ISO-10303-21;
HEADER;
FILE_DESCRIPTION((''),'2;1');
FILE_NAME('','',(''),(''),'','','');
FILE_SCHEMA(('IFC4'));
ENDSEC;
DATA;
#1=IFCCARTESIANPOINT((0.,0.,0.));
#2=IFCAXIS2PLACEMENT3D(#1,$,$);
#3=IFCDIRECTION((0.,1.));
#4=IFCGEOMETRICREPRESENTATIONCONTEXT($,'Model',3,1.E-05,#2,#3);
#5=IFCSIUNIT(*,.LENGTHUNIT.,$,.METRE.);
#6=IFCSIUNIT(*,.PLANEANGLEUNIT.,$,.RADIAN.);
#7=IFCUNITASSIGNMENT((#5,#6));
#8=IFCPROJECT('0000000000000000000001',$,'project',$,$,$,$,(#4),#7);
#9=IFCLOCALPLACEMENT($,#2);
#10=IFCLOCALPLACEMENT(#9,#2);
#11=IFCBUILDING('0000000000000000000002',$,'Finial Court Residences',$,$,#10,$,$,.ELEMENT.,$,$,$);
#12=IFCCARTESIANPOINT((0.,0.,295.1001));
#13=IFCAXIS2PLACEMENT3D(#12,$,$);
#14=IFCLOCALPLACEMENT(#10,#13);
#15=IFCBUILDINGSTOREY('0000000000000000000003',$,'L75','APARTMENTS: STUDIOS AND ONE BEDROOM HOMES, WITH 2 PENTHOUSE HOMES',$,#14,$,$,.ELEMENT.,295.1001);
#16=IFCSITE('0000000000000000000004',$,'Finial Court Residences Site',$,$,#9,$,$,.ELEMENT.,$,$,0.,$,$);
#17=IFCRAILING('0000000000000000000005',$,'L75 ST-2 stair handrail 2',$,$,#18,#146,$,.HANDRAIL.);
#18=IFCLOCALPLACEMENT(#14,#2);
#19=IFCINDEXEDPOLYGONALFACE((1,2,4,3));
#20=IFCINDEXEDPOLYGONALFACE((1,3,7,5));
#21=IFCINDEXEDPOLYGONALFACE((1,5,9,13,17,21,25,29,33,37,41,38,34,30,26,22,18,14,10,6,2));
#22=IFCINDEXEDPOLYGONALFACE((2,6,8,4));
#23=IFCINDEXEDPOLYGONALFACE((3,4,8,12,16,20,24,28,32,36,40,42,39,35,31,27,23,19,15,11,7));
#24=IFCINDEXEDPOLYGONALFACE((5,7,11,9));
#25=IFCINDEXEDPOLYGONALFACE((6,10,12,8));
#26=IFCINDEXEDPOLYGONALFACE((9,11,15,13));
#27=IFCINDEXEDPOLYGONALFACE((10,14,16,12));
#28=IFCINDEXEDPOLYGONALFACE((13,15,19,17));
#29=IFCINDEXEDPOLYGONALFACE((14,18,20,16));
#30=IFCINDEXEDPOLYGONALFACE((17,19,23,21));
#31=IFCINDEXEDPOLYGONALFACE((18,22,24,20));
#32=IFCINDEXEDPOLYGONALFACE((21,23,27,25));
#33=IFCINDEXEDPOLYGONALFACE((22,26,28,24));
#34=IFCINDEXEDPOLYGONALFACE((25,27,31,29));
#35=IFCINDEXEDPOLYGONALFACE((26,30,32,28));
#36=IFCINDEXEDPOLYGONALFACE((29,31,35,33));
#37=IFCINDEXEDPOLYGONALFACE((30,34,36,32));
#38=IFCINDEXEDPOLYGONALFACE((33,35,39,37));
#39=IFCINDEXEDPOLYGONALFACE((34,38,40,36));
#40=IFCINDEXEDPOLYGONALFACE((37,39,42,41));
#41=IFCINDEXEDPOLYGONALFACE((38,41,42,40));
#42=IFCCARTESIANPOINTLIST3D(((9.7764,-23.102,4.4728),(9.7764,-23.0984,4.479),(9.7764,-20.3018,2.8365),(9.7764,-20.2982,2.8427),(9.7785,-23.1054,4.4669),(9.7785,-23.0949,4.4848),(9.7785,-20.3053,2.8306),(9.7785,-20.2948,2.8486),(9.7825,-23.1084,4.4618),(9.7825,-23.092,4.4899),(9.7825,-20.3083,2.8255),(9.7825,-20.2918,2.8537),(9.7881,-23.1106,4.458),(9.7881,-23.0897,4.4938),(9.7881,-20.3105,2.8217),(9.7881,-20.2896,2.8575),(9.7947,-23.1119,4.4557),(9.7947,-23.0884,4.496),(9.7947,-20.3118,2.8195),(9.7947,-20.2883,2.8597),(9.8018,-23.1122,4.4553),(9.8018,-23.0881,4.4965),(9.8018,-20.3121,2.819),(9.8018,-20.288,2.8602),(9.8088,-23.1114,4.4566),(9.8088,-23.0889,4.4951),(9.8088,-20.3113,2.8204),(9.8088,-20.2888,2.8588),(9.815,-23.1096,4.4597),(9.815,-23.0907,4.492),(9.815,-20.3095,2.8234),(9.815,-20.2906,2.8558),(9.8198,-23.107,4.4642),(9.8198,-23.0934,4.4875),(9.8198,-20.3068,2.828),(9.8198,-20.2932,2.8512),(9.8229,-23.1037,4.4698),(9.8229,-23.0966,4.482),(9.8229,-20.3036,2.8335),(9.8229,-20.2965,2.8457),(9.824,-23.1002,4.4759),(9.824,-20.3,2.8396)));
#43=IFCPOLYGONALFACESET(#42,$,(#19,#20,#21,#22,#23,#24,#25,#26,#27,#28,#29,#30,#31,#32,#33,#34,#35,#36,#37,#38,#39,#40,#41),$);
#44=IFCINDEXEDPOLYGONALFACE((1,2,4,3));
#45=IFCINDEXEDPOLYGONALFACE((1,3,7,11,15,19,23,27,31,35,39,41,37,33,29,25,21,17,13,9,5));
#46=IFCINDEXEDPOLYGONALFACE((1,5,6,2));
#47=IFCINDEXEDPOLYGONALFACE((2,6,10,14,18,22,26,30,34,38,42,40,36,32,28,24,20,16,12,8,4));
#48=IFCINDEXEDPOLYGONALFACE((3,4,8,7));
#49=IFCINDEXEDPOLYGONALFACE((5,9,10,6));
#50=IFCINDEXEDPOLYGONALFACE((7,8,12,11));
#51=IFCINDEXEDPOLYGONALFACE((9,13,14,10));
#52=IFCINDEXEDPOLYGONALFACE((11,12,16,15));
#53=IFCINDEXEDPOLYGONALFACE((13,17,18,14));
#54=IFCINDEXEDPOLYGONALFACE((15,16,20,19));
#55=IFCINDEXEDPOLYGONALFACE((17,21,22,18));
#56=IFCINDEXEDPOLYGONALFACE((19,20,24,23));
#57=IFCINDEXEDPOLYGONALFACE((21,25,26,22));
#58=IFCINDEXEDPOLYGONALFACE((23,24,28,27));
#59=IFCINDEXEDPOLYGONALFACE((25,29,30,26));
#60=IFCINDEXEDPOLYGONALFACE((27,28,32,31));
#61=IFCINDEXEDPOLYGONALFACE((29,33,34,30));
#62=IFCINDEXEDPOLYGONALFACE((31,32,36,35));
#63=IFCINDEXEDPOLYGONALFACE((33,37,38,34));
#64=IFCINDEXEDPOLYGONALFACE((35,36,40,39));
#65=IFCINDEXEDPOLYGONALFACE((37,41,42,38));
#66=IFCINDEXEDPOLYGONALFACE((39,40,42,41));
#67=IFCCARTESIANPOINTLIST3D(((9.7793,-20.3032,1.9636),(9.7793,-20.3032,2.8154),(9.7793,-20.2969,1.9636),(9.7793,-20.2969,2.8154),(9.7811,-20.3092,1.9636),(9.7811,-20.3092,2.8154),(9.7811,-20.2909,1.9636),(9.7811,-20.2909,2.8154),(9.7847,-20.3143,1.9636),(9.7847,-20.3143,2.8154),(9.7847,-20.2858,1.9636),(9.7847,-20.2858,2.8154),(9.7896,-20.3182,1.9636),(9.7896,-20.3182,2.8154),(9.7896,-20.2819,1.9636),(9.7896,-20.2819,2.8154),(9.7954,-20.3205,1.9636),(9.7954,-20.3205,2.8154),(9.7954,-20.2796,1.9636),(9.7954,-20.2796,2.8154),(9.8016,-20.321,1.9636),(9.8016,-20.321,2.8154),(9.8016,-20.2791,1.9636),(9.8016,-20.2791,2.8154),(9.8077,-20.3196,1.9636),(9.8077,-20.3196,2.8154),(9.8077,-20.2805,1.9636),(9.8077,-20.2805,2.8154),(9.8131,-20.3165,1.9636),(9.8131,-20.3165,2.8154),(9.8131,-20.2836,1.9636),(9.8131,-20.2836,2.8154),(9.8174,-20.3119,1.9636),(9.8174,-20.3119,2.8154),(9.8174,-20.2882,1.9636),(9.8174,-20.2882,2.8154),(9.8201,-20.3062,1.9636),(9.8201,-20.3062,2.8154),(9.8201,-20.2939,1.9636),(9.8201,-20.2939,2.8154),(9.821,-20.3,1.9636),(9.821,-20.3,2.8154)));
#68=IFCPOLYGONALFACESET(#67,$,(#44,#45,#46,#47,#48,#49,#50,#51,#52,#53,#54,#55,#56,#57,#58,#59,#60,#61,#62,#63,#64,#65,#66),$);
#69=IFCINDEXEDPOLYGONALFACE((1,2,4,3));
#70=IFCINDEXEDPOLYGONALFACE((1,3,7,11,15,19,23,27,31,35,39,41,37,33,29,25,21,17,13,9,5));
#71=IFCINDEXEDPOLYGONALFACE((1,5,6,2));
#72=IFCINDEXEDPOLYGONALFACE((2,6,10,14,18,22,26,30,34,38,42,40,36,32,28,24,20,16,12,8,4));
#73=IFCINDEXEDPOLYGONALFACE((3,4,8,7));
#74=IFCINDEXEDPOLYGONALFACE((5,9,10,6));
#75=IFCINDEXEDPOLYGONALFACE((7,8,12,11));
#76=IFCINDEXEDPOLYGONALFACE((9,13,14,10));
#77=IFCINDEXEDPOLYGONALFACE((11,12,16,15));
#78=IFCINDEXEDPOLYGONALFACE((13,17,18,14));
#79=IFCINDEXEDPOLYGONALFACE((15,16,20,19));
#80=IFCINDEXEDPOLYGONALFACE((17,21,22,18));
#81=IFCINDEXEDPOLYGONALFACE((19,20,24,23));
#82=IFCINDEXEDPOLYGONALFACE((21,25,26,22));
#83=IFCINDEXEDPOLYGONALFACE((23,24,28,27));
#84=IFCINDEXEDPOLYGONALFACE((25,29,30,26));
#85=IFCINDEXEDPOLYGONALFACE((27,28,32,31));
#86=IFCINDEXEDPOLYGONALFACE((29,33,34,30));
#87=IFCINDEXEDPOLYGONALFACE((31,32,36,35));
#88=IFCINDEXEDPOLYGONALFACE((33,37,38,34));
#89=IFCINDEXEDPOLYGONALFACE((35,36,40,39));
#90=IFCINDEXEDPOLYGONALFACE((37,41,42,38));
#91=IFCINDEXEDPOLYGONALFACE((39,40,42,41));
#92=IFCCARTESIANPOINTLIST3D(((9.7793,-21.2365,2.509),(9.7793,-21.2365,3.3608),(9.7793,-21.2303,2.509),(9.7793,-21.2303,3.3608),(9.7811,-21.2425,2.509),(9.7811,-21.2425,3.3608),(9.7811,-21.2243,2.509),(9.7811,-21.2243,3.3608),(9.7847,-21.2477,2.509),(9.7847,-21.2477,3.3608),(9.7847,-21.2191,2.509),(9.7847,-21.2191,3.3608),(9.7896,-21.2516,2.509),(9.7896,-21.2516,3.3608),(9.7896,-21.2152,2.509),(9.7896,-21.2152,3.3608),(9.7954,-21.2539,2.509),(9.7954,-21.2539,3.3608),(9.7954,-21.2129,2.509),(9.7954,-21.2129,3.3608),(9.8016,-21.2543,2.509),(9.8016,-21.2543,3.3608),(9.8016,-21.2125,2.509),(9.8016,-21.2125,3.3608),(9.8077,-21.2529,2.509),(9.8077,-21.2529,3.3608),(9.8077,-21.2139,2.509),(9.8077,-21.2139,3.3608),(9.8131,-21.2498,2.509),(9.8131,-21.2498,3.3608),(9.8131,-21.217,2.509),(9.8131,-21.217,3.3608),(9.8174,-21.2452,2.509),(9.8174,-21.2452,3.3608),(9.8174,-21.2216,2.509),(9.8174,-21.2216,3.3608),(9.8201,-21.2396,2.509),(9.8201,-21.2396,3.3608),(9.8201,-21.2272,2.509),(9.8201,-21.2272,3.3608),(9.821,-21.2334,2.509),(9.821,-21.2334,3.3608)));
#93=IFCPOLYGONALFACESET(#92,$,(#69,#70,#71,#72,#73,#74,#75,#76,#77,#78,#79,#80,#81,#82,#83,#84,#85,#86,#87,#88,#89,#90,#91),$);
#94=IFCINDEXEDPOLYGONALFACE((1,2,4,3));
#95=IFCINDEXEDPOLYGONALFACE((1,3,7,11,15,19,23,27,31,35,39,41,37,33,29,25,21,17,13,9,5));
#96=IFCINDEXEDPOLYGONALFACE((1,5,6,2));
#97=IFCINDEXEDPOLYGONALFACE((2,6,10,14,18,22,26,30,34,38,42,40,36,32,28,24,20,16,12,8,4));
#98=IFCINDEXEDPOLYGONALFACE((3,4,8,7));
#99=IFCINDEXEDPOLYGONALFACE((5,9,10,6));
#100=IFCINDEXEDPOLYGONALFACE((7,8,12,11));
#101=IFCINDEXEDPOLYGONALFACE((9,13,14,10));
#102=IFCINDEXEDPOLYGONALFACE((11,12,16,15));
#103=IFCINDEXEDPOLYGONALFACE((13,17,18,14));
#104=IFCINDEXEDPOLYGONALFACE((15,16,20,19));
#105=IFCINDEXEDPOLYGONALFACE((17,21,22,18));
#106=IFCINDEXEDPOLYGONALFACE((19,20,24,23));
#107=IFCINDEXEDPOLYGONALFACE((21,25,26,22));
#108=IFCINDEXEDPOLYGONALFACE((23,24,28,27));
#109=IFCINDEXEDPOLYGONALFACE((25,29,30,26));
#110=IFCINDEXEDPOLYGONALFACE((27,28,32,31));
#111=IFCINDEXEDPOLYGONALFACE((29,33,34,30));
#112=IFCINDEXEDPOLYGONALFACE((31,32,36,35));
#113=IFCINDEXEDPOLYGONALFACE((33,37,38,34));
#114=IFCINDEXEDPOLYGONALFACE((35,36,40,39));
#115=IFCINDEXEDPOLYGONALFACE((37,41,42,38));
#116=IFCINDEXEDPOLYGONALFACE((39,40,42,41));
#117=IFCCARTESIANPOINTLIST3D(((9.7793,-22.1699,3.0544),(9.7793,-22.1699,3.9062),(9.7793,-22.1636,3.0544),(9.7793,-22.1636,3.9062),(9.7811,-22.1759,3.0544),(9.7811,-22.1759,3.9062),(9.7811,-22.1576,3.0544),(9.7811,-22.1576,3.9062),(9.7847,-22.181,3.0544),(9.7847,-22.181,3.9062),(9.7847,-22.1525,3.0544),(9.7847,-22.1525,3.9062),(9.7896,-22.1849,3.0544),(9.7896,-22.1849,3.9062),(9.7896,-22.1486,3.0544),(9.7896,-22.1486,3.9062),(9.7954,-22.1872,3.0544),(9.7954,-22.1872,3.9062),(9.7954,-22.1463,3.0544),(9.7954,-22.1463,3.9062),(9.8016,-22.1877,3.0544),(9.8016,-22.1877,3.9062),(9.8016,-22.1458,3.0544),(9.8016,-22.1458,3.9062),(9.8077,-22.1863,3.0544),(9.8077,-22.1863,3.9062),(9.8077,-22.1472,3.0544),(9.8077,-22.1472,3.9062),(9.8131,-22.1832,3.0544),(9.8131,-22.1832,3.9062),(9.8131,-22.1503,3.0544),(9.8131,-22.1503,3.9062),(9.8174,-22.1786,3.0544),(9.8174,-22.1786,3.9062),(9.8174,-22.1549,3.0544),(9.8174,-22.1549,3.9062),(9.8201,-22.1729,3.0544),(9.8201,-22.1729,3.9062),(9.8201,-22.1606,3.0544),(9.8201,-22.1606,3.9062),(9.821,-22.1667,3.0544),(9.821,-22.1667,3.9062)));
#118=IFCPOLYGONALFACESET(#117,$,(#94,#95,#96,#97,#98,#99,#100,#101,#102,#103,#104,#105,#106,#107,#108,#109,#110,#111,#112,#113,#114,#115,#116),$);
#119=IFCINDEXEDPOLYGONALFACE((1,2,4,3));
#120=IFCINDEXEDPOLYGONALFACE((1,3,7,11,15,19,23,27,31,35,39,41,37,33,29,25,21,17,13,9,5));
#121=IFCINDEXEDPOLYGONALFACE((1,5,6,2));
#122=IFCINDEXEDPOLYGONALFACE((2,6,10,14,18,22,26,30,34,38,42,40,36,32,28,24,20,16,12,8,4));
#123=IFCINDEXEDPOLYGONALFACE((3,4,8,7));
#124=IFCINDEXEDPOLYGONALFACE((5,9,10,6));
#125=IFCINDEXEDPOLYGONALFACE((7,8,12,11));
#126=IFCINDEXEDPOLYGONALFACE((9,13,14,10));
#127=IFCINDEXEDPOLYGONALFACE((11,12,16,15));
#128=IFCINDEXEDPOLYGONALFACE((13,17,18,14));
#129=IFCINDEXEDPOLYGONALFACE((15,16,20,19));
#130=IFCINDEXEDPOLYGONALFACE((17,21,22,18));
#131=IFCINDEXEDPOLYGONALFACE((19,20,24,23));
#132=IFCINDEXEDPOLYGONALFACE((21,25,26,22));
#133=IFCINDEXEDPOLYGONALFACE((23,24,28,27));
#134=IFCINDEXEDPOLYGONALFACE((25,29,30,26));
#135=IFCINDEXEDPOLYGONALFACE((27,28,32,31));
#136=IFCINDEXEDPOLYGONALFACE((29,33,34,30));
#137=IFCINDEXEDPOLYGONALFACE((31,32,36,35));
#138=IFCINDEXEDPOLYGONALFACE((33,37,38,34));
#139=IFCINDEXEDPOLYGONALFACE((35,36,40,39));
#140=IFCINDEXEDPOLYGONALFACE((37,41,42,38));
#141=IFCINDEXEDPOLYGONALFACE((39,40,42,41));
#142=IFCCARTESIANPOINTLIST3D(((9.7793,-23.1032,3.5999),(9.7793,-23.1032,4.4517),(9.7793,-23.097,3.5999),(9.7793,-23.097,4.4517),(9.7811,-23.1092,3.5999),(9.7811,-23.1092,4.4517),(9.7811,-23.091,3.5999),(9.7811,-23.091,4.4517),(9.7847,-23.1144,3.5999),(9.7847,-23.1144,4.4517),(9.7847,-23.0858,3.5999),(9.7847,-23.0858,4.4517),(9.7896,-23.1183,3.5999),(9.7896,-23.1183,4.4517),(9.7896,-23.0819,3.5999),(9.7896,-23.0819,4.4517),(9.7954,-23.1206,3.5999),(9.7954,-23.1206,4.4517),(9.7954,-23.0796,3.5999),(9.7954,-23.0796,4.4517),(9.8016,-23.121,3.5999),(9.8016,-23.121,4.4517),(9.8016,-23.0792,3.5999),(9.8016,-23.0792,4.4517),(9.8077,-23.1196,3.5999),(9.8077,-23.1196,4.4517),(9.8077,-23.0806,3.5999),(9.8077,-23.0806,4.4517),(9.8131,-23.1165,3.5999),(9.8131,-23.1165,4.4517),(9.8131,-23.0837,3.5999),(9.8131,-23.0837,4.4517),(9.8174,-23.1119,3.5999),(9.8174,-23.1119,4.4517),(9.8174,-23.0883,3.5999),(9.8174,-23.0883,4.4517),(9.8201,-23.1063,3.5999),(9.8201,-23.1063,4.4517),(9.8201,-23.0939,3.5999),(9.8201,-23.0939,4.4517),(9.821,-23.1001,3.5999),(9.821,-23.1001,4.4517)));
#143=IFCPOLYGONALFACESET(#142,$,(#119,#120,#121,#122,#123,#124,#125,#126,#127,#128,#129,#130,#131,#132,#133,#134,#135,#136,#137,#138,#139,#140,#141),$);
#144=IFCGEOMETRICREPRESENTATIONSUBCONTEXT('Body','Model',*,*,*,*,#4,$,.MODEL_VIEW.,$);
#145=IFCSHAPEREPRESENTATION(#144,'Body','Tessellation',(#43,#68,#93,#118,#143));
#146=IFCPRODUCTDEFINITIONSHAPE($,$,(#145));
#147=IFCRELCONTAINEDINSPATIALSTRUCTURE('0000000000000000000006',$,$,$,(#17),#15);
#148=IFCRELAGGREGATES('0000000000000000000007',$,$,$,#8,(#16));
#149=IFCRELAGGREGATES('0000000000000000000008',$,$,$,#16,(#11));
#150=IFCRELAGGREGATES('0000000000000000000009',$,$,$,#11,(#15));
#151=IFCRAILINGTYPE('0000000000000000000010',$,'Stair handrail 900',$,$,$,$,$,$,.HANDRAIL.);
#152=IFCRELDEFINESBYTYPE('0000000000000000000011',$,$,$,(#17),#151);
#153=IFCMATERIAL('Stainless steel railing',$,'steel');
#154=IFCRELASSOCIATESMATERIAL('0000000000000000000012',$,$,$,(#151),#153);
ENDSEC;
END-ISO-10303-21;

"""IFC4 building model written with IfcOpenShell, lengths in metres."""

from ifc_helpers import new_model, si_unit, direction, frame, origin, origin_2d, place, context, subcontext, project, spatial, circle, extrude, material, type_object, element, save


model = new_model("IFC4")

# Units and contexts
model_context = context("Model", 3, precision=1e-05, world=origin(), true_north=direction((0.0, 1.0)))
body_context = subcontext(model_context, "Body", "Model", "MODEL_VIEW")
ifc_project = project(units=[si_unit("LENGTHUNIT", "METRE"), si_unit("PLANEANGLEUNIT", "RADIAN")], contexts=[model_context])

# Site, building, storey
site_placement = place(None, origin())
site = spatial("IfcSite", under=ifc_project, at=site_placement, Name="Finial Court Residences Site", CompositionType="ELEMENT", RefElevation=0.0)
building_placement = place(site_placement, origin())
building = spatial("IfcBuilding", under=site, at=building_placement, Name="Finial Court Residences", CompositionType="ELEMENT")
storey_placement = place(building_placement, frame((0.0, 0.0, 295.1001)))
storey = spatial("IfcBuildingStorey", under=building, at=storey_placement, Name="L75", Description="APARTMENTS: STUDIOS AND ONE BEDROOM HOMES, WITH 2 PENTHOUSE HOMES", CompositionType="ELEMENT", Elevation=295.1001)

# Railing
ifc_material_1 = material(Name="Stainless steel railing", Category="steel")
railing_type_1 = type_object("IfcRailingType", Name="Stair handrail 900", PredefinedType="HANDRAIL", material=ifc_material_1)
railing_1_placement = place(storey_placement, frame((9.8, -20.3, 1.9636)))
element("IfcRailing", 1, at=railing_1_placement, inside=storey, type_object=railing_type_1, Name="L75 ST-2 stair handrail 2", PredefinedType="HANDRAIL", context=body_context, shape_type="SweptSolid", body=[
    extrude(circle(Radius=0.0239, at=origin_2d()), frame((0.0, 0.0, 0.876), z_axis=(0.0, -0.863394, 0.504531), x_axis=(1.0, 0.0, 0.0)), (0.0, 0.0, 1.0), 3.2432),
    extrude(circle(Radius=0.021, at=origin_2d()), origin(), (0.0, 0.0, 1.0), 0.8518),
    extrude(circle(Radius=0.021, at=origin_2d()), frame((0.0, -0.9333, 0.5454)), (0.0, 0.0, 1.0), 0.8518),
    extrude(circle(Radius=0.021, at=origin_2d()), frame((0.0, -1.8667, 1.0908)), (0.0, 0.0, 1.0), 0.8518),
    extrude(circle(Radius=0.021, at=origin_2d()), frame((0.0, -2.8, 1.6362)), (0.0, 0.0, 1.0), 0.8518),
])

save(model, "model.ifc")
